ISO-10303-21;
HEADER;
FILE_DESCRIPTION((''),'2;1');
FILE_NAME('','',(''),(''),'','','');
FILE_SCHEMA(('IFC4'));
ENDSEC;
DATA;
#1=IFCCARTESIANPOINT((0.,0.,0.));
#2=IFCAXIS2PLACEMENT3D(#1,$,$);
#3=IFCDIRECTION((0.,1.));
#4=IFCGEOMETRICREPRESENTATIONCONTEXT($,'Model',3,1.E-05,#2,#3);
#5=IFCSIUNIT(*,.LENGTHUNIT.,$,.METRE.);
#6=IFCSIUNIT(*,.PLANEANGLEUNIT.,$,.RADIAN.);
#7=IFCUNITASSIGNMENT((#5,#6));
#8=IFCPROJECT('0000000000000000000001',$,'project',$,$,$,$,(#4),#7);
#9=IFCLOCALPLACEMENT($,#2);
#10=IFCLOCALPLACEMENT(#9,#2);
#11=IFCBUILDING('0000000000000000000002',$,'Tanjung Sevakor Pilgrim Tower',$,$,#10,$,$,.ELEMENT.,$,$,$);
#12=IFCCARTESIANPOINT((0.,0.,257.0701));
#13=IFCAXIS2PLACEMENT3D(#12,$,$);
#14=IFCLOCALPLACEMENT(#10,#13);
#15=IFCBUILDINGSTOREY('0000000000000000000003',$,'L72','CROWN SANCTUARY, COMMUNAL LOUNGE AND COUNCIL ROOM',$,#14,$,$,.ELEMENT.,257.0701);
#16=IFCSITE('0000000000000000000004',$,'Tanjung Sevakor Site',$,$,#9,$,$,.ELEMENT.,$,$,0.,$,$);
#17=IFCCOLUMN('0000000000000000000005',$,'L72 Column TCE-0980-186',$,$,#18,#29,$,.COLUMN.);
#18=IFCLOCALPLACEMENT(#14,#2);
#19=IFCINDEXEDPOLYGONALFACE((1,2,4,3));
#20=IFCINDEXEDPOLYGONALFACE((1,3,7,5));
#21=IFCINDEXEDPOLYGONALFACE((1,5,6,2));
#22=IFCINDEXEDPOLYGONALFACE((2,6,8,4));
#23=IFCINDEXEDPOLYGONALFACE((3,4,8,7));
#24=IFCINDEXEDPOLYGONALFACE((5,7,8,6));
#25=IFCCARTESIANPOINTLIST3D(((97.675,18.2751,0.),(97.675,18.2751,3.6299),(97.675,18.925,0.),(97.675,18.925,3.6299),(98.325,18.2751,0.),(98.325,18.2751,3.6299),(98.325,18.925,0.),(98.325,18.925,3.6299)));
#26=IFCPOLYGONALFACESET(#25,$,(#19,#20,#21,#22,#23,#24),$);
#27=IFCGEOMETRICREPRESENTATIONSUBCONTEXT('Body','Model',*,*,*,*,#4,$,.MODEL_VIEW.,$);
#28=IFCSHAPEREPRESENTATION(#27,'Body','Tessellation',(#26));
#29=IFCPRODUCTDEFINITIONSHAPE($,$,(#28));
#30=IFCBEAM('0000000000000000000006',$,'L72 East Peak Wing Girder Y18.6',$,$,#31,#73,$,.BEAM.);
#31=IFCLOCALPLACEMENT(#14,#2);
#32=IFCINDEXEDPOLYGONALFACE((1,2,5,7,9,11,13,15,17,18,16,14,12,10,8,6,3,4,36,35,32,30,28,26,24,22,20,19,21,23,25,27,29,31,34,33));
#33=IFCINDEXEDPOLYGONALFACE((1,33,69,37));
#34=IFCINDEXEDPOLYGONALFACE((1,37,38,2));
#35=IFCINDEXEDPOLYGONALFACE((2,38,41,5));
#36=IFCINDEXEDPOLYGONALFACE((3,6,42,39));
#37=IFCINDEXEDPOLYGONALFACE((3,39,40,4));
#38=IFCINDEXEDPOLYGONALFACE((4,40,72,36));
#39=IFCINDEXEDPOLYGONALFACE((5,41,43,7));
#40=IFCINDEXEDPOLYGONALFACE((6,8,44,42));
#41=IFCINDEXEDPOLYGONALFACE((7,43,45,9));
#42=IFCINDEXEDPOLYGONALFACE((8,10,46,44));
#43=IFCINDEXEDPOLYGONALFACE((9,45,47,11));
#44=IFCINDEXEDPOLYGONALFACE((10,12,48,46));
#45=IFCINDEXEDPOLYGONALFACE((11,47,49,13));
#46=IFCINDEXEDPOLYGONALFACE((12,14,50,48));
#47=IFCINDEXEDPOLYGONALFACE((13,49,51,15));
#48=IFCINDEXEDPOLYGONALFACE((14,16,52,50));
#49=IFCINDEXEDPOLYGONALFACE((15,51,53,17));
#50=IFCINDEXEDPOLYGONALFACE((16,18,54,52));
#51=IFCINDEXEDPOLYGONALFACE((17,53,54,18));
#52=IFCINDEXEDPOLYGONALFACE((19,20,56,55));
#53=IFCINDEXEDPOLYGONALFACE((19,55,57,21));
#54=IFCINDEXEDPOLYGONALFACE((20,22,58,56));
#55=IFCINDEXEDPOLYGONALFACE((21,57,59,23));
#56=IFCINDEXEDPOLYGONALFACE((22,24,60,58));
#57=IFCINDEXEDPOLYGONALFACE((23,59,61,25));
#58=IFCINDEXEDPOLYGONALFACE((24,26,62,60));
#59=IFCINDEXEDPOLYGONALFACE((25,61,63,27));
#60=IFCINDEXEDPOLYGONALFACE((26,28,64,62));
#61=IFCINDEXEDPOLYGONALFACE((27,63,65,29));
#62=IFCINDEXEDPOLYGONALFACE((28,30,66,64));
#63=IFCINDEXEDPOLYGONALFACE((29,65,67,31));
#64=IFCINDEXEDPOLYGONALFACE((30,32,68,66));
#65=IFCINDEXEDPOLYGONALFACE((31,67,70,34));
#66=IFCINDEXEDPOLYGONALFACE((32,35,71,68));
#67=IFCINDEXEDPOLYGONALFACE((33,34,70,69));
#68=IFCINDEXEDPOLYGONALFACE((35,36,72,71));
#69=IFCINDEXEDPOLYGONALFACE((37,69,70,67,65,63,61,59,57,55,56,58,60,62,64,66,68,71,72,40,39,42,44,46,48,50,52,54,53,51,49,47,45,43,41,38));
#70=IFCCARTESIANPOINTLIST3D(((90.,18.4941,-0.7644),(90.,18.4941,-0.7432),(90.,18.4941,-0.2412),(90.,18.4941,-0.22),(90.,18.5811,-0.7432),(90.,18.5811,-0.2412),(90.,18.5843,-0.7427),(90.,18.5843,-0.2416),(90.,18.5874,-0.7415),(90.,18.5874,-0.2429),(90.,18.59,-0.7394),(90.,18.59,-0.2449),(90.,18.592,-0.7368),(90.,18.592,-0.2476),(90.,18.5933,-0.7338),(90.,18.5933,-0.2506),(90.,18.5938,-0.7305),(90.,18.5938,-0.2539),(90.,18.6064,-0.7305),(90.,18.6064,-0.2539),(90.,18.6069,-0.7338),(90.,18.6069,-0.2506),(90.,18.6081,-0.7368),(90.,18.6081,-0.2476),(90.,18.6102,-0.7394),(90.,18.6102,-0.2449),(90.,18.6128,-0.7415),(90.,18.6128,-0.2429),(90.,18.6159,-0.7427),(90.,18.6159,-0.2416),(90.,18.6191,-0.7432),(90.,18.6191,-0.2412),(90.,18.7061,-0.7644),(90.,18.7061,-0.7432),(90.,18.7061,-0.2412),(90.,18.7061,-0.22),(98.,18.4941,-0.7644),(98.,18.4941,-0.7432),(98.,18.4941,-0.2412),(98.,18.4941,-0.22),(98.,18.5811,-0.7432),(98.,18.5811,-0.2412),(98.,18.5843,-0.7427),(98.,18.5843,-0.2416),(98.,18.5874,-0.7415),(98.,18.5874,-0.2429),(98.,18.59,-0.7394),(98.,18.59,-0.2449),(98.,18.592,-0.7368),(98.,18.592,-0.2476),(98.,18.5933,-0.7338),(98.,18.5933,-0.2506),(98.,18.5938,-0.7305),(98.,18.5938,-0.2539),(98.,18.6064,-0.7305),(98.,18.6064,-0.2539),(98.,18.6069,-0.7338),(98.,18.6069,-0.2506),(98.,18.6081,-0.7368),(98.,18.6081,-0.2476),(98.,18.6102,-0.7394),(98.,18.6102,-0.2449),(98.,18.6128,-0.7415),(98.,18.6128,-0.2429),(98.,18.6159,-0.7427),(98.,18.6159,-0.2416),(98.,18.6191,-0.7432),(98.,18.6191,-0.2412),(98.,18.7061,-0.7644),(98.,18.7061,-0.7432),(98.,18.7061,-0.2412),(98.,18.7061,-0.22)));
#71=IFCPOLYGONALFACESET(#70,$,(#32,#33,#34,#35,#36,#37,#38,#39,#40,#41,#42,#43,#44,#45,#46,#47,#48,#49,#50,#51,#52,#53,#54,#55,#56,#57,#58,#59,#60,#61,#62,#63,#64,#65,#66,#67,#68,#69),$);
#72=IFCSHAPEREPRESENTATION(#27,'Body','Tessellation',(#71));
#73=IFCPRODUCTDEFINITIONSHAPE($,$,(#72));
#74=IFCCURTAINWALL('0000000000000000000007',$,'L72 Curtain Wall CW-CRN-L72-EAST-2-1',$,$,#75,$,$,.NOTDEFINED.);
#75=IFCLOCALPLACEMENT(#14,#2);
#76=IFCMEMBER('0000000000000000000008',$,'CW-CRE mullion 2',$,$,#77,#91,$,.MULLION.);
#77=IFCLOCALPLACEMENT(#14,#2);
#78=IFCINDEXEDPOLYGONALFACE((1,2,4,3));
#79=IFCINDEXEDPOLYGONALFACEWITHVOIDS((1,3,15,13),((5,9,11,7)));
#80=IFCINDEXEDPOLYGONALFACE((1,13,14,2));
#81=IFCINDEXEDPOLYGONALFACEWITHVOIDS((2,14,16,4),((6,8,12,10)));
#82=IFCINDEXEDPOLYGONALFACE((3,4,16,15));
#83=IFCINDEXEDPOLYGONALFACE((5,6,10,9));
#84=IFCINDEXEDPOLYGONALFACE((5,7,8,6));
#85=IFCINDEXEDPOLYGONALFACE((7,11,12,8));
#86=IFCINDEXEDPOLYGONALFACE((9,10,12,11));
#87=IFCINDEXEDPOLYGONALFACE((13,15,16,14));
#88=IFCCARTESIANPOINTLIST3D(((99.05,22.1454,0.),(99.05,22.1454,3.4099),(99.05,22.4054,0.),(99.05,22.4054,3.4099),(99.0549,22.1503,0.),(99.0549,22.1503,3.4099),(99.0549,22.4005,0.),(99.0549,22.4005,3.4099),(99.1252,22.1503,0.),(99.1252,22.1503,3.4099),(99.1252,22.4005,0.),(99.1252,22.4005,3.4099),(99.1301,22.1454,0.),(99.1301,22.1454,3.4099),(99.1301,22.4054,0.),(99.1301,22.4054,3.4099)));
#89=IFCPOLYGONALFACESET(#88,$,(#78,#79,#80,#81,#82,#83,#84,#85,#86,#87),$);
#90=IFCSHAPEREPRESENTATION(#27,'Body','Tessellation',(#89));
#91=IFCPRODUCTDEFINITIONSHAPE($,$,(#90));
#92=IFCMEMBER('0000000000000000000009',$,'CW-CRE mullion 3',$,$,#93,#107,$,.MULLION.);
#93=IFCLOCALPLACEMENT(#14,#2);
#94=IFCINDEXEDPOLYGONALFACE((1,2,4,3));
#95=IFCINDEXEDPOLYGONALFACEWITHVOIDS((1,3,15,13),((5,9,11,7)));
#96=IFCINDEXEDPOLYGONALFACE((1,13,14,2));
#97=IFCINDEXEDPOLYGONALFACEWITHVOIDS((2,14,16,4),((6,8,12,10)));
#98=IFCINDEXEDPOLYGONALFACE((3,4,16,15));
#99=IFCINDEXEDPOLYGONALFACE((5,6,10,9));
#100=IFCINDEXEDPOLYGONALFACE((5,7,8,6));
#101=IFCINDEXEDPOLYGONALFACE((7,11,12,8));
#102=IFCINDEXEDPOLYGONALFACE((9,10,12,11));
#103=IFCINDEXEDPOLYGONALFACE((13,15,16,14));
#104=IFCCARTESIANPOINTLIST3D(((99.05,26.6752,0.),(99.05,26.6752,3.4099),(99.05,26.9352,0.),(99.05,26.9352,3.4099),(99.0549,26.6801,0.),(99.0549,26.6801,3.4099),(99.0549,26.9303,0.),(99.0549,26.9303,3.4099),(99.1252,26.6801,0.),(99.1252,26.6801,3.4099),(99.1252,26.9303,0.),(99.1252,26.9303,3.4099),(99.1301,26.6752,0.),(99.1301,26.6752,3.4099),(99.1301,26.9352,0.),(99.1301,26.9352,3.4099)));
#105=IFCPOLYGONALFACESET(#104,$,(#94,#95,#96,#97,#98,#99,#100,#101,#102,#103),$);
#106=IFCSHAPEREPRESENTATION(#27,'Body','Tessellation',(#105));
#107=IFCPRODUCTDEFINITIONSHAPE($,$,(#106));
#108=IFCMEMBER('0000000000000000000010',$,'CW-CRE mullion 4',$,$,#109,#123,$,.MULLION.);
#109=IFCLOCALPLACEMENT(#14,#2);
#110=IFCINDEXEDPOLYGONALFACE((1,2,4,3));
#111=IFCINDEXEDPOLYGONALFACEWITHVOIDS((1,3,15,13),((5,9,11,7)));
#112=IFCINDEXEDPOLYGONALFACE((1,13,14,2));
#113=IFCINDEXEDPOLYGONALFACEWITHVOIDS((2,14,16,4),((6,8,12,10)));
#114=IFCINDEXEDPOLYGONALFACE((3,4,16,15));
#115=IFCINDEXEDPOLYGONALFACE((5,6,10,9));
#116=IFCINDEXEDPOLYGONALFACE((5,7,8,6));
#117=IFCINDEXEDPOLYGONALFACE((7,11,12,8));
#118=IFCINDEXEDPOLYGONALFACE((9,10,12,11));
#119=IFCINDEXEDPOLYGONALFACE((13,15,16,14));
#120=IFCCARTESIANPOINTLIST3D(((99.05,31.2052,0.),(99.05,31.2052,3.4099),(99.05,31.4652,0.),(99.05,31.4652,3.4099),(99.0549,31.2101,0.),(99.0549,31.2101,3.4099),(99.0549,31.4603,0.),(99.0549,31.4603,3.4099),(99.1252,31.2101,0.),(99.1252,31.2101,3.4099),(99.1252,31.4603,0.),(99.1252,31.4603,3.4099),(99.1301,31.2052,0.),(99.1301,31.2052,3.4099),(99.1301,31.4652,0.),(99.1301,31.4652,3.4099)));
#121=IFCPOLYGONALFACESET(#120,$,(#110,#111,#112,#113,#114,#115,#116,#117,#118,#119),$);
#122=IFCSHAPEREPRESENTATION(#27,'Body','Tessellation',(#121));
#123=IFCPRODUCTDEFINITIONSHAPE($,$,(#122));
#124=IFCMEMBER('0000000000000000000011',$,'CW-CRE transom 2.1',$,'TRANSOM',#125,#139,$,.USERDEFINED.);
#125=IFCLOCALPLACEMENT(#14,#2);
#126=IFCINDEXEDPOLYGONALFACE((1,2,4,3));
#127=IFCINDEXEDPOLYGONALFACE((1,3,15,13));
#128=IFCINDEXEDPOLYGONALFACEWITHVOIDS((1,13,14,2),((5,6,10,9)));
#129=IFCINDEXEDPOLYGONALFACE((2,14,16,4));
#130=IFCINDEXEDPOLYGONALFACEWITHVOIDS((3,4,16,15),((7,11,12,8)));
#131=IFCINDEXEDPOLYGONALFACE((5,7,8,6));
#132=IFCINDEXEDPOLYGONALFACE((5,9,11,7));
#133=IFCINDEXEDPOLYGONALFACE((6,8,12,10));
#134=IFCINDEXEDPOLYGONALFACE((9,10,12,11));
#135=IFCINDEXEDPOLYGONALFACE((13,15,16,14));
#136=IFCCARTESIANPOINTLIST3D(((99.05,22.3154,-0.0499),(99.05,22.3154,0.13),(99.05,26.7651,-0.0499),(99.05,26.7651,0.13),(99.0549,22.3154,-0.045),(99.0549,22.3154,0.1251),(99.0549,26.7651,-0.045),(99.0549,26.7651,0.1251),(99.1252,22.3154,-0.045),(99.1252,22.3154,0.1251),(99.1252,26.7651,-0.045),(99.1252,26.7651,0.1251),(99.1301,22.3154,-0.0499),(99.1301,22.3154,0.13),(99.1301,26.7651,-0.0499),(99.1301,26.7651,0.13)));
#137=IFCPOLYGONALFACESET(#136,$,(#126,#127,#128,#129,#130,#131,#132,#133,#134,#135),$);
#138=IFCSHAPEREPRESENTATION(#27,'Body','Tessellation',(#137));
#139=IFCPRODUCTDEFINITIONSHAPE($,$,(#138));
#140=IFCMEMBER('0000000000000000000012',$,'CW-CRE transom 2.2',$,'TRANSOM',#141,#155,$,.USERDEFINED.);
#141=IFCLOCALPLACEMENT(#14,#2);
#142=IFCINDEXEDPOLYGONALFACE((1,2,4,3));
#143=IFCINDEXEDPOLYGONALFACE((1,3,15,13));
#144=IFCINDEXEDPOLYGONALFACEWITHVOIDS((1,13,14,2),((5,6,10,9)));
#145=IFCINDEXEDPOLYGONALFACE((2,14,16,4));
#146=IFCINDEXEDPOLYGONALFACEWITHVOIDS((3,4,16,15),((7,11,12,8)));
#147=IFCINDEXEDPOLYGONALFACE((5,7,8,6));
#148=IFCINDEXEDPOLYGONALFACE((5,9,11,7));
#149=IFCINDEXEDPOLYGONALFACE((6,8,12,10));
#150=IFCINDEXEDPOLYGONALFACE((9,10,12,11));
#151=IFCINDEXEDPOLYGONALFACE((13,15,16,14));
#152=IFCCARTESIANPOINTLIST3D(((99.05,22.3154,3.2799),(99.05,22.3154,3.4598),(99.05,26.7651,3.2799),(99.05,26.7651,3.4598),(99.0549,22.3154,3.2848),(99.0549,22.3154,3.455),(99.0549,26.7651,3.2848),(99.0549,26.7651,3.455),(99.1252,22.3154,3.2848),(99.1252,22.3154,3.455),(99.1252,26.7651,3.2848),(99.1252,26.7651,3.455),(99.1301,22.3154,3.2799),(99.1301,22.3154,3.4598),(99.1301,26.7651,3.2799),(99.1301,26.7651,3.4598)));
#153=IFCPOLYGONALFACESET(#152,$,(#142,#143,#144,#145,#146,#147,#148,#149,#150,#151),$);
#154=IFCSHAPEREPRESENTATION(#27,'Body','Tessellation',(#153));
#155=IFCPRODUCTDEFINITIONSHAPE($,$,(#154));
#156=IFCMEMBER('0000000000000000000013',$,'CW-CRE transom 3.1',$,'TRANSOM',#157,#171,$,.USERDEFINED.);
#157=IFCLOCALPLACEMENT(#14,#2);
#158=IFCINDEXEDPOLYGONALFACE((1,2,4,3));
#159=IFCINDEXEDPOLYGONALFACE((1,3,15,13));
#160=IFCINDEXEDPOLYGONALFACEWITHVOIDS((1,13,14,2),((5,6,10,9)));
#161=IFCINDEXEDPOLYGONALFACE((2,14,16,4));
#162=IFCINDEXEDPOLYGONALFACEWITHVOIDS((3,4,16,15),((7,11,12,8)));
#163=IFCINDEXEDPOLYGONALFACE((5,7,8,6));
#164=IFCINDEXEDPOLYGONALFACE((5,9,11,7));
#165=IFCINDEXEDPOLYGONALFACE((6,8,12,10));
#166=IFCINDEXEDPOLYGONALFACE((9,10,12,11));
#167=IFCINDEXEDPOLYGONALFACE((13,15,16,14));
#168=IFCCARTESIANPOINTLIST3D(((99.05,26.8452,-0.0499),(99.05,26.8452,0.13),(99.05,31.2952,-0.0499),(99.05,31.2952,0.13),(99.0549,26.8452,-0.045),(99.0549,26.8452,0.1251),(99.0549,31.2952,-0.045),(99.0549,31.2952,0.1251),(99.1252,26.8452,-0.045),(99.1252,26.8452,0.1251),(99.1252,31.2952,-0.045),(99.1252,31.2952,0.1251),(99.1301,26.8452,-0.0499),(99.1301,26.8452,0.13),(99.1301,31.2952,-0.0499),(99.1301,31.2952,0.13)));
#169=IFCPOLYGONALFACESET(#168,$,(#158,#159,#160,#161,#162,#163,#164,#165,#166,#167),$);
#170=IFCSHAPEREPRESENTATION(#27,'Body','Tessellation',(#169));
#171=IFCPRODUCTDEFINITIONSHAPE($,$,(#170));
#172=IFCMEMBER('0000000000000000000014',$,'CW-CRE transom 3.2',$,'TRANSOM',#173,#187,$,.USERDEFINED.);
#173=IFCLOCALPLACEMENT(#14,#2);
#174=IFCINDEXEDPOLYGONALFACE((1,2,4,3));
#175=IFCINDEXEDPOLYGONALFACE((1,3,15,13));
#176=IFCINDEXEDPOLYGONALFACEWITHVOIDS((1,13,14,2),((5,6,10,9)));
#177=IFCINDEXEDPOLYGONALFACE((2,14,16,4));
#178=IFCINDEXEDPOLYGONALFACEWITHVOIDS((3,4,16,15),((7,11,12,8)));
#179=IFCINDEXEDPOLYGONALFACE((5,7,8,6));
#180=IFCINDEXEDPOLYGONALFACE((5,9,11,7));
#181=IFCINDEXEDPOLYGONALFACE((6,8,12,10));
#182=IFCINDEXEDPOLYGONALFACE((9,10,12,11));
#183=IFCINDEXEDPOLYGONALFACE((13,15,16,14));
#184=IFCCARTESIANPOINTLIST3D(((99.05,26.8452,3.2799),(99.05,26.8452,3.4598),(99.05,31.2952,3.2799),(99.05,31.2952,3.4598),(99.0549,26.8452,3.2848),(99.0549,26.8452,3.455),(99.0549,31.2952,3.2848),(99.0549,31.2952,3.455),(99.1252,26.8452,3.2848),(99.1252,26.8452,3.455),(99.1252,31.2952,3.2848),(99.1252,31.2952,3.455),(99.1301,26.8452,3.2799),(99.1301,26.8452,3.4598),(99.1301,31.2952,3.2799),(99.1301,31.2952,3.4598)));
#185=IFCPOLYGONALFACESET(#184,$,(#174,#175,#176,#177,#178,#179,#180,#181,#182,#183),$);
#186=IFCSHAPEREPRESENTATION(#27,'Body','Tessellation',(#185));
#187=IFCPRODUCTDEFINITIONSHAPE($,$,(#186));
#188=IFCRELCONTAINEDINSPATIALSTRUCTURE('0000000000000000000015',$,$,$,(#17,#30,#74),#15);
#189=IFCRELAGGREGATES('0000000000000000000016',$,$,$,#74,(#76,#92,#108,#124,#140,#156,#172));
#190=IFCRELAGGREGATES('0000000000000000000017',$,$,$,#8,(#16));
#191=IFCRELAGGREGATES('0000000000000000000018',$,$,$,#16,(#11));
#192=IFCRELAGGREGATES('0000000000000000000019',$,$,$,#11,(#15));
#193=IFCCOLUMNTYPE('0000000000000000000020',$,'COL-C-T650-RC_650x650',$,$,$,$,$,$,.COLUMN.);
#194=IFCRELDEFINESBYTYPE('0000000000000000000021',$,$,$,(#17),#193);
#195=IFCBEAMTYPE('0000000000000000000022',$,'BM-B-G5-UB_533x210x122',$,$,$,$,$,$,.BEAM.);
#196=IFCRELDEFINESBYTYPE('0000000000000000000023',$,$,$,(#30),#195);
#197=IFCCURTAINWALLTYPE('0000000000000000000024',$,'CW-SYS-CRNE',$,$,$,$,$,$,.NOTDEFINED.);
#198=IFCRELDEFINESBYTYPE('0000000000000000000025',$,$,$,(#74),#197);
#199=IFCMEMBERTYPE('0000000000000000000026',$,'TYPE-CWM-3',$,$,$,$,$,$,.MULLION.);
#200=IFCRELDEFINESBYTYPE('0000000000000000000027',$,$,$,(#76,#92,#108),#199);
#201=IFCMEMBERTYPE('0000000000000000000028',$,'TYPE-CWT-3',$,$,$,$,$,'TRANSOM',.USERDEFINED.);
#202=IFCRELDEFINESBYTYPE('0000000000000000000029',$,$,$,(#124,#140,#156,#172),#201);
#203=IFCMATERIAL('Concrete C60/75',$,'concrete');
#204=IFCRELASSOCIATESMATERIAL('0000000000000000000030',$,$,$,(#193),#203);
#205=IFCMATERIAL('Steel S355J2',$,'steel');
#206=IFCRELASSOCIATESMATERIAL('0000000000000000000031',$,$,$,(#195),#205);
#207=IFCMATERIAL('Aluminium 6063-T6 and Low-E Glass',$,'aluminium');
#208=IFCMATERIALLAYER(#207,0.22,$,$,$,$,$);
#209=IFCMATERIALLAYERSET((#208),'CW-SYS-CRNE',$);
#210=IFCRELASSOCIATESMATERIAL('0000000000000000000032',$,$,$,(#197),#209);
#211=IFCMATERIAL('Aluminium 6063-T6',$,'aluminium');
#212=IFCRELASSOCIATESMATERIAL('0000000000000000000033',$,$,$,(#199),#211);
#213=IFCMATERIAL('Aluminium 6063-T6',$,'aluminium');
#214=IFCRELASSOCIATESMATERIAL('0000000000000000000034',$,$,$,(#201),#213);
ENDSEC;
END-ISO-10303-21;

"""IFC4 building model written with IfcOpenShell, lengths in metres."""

from ifc_helpers import new_model, si_unit, direction, frame, origin, origin_2d, place, context, subcontext, project, spatial, rectangle, hollow_rectangle, i_section, extrude, material, layer, layer_set, material_profile, profile_set, type_object, element, aggregate, save


model = new_model("IFC4")

# Units and contexts
model_context = context("Model", 3, precision=1e-05, world=origin(), true_north=direction((0.0, 1.0)))
body_context = subcontext(model_context, "Body", "Model", "MODEL_VIEW")
ifc_project = project(units=[si_unit("LENGTHUNIT", "METRE"), si_unit("PLANEANGLEUNIT", "RADIAN")], contexts=[model_context])

# Site, building, storey
site_placement = place(None, origin())
site = spatial("IfcSite", under=ifc_project, at=site_placement, Name="Tanjung Sevakor Site", CompositionType="ELEMENT", RefElevation=0.0)
building_placement = place(site_placement, origin())
building = spatial("IfcBuilding", under=site, at=building_placement, Name="Tanjung Sevakor Pilgrim Tower", CompositionType="ELEMENT")
storey_placement = place(building_placement, frame((0.0, 0.0, 257.0701)))
storey = spatial("IfcBuildingStorey", under=building, at=storey_placement, Name="L72", Description="CROWN SANCTUARY, COMMUNAL LOUNGE AND COUNCIL ROOM", CompositionType="ELEMENT", Elevation=257.0701)

# Column
ifc_material_1 = material(Name="Concrete C60/75", Category="concrete")
ifc_material_profile_1 = material_profile(ifc_material_1, rectangle(XDim=0.6499, YDim=0.6499, at=origin_2d()))
ifc_profile_set_1 = profile_set([ifc_material_profile_1], Name="Concrete C60/75")
column_type = type_object("IfcColumnType", Name="COL-C-T650-RC_650x650", PredefinedType="COLUMN", material=ifc_profile_set_1)
column_placement = place(storey_placement, frame((98.0, 18.6001, 0.0), z_axis=(0.0, 0.0, 1.0), x_axis=(1.0, 0.0, 0.0)))
element("IfcColumn", 1, at=column_placement, inside=storey, type_object=column_type, Name="L72 Column TCE-0980-186", PredefinedType="COLUMN", context=body_context, shape_type="SweptSolid", body=[
    extrude(rectangle(XDim=0.6499, YDim=0.6499, at=origin_2d()), origin(), (0.0, 0.0, 1.0), 3.6299),
])

# Beam
ifc_material_2 = material(Name="Steel S355J2", Category="steel")
ifc_material_profile_2 = material_profile(ifc_material_2, i_section(OverallWidth=0.2119, OverallDepth=0.5444, WebThickness=0.0127, FlangeThickness=0.0212, FilletRadius=0.0127, at=origin_2d()))
ifc_profile_set_2 = profile_set([ifc_material_profile_2], Name="Steel S355J2")
beam_type = type_object("IfcBeamType", Name="BM-B-G5-UB_533x210x122", PredefinedType="BEAM", material=ifc_profile_set_2)
beam_placement = place(storey_placement, frame((90.0, 18.6001, -0.4922), z_axis=(1.0, 0.0, 0.0), x_axis=(0.0, 1.0, 0.0)))
element("IfcBeam", 2, at=beam_placement, inside=storey, type_object=beam_type, Name="L72 East Peak Wing Girder Y18.6", PredefinedType="BEAM", context=body_context, shape_type="SweptSolid", body=[
    extrude(i_section(OverallWidth=0.2119, OverallDepth=0.5444, WebThickness=0.0127, FlangeThickness=0.0212, FilletRadius=0.0127, at=origin_2d()), origin(), (0.0, 0.0, 1.0), 8.0),
])

# Curtain wall, members
ifc_material_3 = material(Name="Aluminium 6063-T6 and Low-E Glass", Category="aluminium")
ifc_layer_1 = layer(ifc_material_3, 0.22)
ifc_layer_set_1 = layer_set([ifc_layer_1], Name="CW-SYS-CRNE")
curtain_wall_type = type_object("IfcCurtainWallType", Name="CW-SYS-CRNE", PredefinedType="NOTDEFINED", material=ifc_layer_set_1)
curtain_wall_placement = place(storey_placement, origin())
curtain_wall = element("IfcCurtainWall", 3, at=curtain_wall_placement, inside=storey, type_object=curtain_wall_type, Name="L72 Curtain Wall CW-CRN-L72-EAST-2-1", PredefinedType="NOTDEFINED")
ifc_material_4 = material(Name="Aluminium 6063-T6", Category="aluminium")
ifc_material_profile_3 = material_profile(ifc_material_4, hollow_rectangle(XDim=0.0801, YDim=0.26, WallThickness=0.0049, at=origin_2d()))
ifc_profile_set_3 = profile_set([ifc_material_profile_3], Name="Aluminium 6063-T6")
member_type_1 = type_object("IfcMemberType", Name="TYPE-CWM-3", PredefinedType="MULLION", material=ifc_profile_set_3)
member_1_placement = place(storey_placement, frame((99.0901, 22.2754, 0.0), z_axis=(0.0, 0.0, 1.0), x_axis=(-1.0, 0.0, 0.0)))
member_1 = element("IfcMember", 4, at=member_1_placement, type_object=member_type_1, Name="CW-CRE mullion 2", PredefinedType="MULLION", context=body_context, shape_type="SweptSolid", body=[
    extrude(hollow_rectangle(XDim=0.0801, YDim=0.26, WallThickness=0.0049, at=origin_2d()), origin(), (0.0, 0.0, 1.0), 3.4099),
])
member_2_placement = place(storey_placement, frame((99.0901, 26.8052, 0.0), z_axis=(0.0, 0.0, 1.0), x_axis=(-1.0, 0.0, 0.0)))
member_2 = element("IfcMember", 5, at=member_2_placement, type_object=member_type_1, Name="CW-CRE mullion 3", PredefinedType="MULLION", context=body_context, shape_type="SweptSolid", body=[
    extrude(hollow_rectangle(XDim=0.0801, YDim=0.26, WallThickness=0.0049, at=origin_2d()), origin(), (0.0, 0.0, 1.0), 3.4099),
])
member_3_placement = place(storey_placement, frame((99.0901, 31.3352, 0.0), z_axis=(0.0, 0.0, 1.0), x_axis=(-1.0, 0.0, 0.0)))
member_3 = element("IfcMember", 6, at=member_3_placement, type_object=member_type_1, Name="CW-CRE mullion 4", PredefinedType="MULLION", context=body_context, shape_type="SweptSolid", body=[
    extrude(hollow_rectangle(XDim=0.0801, YDim=0.26, WallThickness=0.0049, at=origin_2d()), origin(), (0.0, 0.0, 1.0), 3.4099),
])
ifc_material_5 = material(Name="Aluminium 6063-T6", Category="aluminium")
ifc_material_profile_4 = material_profile(ifc_material_5, hollow_rectangle(XDim=0.0801, YDim=0.1799, WallThickness=0.0049, at=origin_2d()))
ifc_profile_set_4 = profile_set([ifc_material_profile_4], Name="Aluminium 6063-T6")
member_type_2 = type_object("IfcMemberType", Name="TYPE-CWT-3", ElementType="TRANSOM", PredefinedType="USERDEFINED", material=ifc_profile_set_4)
member_4_placement = place(storey_placement, frame((99.0901, 22.3154, 0.04), z_axis=(0.0, 1.0, 0.0), x_axis=(-1.0, 0.0, 0.0)))
member_4 = element("IfcMember", 7, at=member_4_placement, type_object=member_type_2, Name="CW-CRE transom 2.1", ObjectType="TRANSOM", PredefinedType="USERDEFINED", context=body_context, shape_type="SweptSolid", body=[
    extrude(hollow_rectangle(XDim=0.0801, YDim=0.1799, WallThickness=0.0049, at=origin_2d()), origin(), (0.0, 0.0, 1.0), 4.4497),
])
member_5_placement = place(storey_placement, frame((99.0901, 22.3154, 3.3699), z_axis=(0.0, 1.0, 0.0), x_axis=(-1.0, 0.0, 0.0)))
member_5 = element("IfcMember", 8, at=member_5_placement, type_object=member_type_2, Name="CW-CRE transom 2.2", ObjectType="TRANSOM", PredefinedType="USERDEFINED", context=body_context, shape_type="SweptSolid", body=[
    extrude(hollow_rectangle(XDim=0.0801, YDim=0.1799, WallThickness=0.0049, at=origin_2d()), origin(), (0.0, 0.0, 1.0), 4.4497),
])
member_6_placement = place(storey_placement, frame((99.0901, 26.8452, 0.04), z_axis=(0.0, 1.0, 0.0), x_axis=(-1.0, 0.0, 0.0)))
member_6 = element("IfcMember", 9, at=member_6_placement, type_object=member_type_2, Name="CW-CRE transom 3.1", ObjectType="TRANSOM", PredefinedType="USERDEFINED", context=body_context, shape_type="SweptSolid", body=[
    extrude(hollow_rectangle(XDim=0.0801, YDim=0.1799, WallThickness=0.0049, at=origin_2d()), origin(), (0.0, 0.0, 1.0), 4.45),
])
member_7_placement = place(storey_placement, frame((99.0901, 26.8452, 3.3699), z_axis=(0.0, 1.0, 0.0), x_axis=(-1.0, 0.0, 0.0)))
member_7 = element("IfcMember", 10, at=member_7_placement, type_object=member_type_2, Name="CW-CRE transom 3.2", ObjectType="TRANSOM", PredefinedType="USERDEFINED", context=body_context, shape_type="SweptSolid", body=[
    extrude(hollow_rectangle(XDim=0.0801, YDim=0.1799, WallThickness=0.0049, at=origin_2d()), origin(), (0.0, 0.0, 1.0), 4.45),
])
aggregate(curtain_wall, [member_1, member_2, member_3, member_4, member_5, member_6, member_7])

save(model, "model.ifc")
